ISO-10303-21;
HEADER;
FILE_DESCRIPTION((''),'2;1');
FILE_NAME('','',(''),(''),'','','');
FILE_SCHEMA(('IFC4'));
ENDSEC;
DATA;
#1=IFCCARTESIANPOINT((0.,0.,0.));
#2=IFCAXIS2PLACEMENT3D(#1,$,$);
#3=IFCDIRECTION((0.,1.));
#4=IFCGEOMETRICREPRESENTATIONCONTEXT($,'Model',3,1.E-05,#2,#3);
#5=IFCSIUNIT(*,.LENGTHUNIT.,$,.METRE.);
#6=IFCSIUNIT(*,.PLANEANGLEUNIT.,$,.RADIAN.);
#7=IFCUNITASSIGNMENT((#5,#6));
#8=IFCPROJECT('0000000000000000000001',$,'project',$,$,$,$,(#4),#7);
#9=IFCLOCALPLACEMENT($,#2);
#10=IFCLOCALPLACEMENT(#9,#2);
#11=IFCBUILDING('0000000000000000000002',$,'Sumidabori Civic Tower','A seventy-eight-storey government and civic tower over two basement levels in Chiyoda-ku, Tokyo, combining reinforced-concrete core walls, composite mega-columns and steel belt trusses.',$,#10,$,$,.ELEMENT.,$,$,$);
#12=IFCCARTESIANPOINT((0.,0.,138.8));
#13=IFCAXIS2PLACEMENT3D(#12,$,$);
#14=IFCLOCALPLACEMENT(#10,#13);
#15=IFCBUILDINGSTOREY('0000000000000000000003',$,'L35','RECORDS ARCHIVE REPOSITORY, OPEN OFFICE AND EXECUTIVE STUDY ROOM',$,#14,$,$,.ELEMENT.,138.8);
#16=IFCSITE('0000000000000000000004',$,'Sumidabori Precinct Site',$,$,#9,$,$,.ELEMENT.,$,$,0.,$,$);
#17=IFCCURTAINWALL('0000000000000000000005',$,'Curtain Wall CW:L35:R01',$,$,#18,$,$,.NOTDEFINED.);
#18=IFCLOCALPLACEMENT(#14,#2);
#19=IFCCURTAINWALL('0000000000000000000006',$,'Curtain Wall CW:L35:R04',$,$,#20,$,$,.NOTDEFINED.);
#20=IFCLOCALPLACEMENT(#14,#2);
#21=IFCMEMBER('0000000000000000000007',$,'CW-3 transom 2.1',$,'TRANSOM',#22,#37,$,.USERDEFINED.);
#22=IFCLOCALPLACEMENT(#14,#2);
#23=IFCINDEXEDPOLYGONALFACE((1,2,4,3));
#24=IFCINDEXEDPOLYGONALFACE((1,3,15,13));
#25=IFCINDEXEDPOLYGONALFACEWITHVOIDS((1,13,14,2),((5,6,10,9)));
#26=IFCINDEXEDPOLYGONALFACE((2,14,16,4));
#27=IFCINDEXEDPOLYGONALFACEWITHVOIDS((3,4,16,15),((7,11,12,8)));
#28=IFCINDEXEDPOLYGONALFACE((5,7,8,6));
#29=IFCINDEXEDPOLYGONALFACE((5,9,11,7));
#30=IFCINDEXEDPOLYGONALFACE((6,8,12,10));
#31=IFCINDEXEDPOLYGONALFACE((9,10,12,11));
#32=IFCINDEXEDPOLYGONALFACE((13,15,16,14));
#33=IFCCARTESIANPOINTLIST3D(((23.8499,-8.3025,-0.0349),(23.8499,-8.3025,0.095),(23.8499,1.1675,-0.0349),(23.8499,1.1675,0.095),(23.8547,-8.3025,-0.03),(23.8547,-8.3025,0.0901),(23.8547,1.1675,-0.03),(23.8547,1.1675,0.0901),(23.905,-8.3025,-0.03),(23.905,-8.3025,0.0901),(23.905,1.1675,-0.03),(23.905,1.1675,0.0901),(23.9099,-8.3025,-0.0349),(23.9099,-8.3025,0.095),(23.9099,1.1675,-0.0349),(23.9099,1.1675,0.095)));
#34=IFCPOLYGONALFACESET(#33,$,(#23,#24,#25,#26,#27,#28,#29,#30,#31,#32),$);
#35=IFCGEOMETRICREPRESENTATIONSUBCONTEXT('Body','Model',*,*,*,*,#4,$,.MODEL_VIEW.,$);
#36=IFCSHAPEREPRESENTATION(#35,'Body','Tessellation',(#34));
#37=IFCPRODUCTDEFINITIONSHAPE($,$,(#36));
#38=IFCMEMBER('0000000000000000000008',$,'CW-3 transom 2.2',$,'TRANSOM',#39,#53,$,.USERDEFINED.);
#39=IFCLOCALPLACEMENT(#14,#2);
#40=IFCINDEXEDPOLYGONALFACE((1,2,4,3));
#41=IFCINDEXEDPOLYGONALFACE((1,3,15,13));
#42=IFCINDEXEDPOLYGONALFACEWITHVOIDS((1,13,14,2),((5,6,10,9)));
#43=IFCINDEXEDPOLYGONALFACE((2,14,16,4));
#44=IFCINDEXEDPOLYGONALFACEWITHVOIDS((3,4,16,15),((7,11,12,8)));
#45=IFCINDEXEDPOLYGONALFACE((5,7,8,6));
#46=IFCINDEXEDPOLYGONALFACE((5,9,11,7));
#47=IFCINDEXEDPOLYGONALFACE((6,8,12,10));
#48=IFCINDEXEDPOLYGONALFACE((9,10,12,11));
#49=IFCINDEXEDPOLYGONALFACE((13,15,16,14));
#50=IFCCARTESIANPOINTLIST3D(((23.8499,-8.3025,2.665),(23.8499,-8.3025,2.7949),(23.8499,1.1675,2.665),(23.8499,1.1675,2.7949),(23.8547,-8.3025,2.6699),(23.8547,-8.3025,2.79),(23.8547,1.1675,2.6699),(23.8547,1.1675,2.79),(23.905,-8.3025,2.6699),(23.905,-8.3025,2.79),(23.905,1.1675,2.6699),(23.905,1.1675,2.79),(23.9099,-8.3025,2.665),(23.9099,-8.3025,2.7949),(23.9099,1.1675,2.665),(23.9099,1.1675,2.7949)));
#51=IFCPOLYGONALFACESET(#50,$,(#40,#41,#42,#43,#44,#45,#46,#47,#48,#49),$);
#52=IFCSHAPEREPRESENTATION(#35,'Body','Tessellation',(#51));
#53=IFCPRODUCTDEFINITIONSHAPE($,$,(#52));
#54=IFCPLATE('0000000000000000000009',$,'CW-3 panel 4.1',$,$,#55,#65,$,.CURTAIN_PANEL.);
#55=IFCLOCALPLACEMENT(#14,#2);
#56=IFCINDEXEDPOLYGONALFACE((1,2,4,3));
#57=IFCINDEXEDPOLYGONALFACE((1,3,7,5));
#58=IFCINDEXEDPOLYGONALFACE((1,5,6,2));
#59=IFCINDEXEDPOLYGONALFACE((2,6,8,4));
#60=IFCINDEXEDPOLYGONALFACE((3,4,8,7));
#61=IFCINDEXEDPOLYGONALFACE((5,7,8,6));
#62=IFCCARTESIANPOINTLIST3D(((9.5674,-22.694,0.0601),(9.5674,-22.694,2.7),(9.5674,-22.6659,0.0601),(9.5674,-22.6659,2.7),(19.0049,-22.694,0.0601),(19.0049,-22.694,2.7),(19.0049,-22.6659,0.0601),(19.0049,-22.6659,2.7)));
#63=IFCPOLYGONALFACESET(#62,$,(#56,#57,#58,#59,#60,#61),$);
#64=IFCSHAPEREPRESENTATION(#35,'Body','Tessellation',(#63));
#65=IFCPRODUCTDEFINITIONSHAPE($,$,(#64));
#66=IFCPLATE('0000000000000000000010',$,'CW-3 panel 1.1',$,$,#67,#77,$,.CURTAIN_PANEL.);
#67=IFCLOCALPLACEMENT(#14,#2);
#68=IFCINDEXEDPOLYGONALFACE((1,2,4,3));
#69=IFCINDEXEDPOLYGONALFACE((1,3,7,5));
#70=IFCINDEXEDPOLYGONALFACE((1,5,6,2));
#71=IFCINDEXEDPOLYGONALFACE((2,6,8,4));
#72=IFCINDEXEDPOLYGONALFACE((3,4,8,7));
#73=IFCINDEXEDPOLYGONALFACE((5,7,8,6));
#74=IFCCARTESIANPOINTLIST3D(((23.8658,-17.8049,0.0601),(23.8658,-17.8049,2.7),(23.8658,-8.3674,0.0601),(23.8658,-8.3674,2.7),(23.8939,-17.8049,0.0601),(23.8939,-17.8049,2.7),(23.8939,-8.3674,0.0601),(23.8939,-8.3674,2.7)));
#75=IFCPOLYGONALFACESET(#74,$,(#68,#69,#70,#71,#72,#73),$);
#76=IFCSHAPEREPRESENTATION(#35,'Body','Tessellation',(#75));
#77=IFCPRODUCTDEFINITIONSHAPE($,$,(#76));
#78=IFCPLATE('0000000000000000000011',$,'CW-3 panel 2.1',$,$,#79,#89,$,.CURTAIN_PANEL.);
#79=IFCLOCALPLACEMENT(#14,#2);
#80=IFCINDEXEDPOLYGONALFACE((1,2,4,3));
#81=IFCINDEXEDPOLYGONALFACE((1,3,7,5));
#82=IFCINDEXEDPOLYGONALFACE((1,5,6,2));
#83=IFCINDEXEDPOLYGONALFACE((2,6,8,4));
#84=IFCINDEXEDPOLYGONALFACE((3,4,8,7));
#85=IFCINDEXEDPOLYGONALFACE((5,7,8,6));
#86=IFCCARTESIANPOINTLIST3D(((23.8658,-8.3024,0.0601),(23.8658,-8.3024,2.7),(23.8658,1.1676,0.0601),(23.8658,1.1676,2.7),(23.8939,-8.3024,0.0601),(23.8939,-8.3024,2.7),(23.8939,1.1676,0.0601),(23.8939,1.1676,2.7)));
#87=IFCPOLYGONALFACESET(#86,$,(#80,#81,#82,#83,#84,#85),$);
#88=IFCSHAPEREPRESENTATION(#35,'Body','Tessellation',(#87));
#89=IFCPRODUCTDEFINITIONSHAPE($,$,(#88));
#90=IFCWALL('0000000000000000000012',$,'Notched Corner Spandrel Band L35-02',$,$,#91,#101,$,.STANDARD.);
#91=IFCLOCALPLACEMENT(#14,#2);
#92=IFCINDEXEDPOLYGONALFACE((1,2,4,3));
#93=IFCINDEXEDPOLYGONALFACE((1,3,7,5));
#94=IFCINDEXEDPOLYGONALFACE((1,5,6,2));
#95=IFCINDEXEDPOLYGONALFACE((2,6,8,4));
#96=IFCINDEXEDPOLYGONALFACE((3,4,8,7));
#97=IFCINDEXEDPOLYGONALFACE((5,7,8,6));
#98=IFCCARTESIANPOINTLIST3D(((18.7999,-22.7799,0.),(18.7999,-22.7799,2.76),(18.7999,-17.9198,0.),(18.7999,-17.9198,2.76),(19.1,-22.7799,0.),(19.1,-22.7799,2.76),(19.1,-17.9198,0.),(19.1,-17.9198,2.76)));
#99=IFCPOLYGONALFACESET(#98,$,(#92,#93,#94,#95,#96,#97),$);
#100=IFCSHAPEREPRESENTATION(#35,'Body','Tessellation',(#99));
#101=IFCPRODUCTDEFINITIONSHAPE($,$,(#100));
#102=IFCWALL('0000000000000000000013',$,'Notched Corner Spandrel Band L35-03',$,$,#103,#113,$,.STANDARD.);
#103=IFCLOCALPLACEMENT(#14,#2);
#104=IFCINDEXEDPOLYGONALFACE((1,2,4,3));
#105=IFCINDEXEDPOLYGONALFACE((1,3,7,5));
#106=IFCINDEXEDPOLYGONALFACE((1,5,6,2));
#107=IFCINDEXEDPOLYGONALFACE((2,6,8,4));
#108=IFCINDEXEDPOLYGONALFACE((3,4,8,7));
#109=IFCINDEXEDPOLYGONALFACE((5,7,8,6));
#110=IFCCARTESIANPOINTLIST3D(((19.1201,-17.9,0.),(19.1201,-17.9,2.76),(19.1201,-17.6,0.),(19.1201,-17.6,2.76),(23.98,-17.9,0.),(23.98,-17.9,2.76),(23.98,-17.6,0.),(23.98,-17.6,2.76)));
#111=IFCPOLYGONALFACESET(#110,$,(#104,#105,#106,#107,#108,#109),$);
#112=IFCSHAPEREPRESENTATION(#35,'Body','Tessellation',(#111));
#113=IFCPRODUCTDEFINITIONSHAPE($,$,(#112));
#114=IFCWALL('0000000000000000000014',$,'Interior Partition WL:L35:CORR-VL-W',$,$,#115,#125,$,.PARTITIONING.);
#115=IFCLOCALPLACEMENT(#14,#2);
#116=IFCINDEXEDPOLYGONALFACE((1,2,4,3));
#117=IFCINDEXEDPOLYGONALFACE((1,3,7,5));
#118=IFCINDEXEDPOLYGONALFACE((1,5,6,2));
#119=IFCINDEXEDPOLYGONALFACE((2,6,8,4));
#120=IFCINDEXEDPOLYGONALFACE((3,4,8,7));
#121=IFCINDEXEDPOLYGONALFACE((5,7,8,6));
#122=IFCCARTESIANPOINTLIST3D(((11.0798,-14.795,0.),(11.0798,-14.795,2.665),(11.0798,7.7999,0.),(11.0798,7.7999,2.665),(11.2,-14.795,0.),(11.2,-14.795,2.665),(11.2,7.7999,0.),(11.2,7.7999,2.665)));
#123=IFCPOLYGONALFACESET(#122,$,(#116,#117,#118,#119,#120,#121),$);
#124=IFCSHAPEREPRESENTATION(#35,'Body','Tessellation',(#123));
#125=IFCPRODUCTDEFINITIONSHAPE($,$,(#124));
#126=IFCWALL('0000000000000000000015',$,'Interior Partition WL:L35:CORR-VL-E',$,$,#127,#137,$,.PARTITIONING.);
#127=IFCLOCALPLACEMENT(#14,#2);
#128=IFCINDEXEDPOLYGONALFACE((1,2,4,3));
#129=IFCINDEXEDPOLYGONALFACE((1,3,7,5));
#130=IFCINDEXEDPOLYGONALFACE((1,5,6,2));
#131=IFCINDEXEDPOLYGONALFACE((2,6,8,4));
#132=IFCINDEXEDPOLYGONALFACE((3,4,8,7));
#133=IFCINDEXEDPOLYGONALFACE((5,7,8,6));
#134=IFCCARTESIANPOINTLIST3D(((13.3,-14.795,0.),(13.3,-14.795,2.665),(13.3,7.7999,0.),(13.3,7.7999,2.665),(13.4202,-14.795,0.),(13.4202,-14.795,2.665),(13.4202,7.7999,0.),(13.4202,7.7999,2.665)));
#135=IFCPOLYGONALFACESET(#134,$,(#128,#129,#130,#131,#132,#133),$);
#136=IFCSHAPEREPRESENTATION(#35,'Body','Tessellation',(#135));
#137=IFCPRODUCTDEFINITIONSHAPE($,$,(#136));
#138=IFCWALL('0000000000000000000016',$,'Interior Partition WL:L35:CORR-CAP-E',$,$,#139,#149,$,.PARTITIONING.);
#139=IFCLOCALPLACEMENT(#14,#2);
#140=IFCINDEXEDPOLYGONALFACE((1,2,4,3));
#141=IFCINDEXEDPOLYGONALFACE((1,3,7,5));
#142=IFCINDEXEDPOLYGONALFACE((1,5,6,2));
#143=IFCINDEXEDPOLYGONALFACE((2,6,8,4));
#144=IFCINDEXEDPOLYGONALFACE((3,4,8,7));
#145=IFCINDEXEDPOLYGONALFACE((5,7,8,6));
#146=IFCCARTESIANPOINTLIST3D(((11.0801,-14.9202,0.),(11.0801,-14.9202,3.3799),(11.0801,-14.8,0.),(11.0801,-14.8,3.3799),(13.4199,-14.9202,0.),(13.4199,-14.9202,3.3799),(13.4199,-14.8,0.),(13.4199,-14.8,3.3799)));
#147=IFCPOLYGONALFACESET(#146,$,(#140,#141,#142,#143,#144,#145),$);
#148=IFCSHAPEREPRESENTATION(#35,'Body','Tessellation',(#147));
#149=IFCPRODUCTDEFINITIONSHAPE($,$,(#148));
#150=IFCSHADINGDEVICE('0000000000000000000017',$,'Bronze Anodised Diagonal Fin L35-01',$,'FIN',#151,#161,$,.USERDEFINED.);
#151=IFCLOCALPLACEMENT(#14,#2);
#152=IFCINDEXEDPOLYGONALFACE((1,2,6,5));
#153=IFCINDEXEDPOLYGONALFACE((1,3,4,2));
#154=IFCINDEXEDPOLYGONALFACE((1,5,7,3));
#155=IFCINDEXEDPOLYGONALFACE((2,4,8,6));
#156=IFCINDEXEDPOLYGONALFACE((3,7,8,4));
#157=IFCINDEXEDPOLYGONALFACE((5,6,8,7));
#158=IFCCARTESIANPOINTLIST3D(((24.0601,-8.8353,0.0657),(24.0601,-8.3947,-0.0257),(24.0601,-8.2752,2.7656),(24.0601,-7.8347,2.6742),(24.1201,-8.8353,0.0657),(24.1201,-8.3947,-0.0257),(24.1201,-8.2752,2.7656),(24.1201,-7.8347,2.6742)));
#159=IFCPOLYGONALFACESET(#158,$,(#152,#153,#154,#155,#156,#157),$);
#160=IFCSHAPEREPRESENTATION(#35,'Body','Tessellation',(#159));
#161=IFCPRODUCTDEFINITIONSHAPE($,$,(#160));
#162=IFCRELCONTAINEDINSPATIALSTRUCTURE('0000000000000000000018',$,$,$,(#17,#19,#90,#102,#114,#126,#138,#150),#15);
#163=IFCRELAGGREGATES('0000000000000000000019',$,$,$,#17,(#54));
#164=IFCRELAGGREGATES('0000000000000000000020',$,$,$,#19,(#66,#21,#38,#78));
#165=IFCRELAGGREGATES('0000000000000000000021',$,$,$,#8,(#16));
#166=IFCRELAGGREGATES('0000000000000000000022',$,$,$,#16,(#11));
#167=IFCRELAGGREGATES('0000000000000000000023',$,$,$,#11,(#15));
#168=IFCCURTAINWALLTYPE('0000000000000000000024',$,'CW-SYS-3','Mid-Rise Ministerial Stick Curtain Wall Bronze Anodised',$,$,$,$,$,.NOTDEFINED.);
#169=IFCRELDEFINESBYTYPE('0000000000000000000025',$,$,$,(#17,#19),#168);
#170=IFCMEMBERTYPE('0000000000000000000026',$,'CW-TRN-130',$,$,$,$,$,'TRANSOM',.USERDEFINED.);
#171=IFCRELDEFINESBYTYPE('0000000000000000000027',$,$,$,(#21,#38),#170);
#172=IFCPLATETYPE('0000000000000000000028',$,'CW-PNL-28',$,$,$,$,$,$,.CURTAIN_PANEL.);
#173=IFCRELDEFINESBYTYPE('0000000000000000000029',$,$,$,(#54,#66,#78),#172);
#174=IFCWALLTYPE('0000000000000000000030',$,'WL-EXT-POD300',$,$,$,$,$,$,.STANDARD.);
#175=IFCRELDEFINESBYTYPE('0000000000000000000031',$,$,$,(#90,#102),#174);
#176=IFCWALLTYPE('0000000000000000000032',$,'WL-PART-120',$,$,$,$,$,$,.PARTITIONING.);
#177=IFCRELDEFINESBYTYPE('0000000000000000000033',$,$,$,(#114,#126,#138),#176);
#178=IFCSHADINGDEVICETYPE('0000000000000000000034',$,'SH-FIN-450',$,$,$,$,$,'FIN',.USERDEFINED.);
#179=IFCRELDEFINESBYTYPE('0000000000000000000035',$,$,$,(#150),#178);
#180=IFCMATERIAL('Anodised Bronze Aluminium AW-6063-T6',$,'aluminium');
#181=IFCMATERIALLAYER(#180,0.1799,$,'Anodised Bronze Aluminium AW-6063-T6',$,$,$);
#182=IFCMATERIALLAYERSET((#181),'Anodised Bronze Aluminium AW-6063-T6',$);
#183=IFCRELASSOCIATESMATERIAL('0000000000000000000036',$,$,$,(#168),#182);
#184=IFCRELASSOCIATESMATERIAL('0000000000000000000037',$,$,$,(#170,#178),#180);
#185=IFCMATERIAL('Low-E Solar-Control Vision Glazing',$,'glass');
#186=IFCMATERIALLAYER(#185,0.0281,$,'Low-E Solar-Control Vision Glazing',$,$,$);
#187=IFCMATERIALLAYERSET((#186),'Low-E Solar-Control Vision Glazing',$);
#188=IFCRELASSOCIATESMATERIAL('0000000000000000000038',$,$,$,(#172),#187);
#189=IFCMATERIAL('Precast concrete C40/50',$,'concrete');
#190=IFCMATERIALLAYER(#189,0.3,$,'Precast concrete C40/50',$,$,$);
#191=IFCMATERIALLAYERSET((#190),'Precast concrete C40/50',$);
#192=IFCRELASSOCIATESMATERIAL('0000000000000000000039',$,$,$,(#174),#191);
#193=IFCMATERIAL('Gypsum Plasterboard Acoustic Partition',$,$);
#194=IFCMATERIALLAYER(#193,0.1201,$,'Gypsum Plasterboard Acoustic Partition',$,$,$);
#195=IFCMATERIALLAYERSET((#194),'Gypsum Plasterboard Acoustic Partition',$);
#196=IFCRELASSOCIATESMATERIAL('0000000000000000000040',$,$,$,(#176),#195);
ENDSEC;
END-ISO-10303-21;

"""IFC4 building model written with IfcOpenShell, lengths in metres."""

from ifc_helpers import new_model, si_unit, direction, frame, frame_2d, origin, origin_2d, place, context, subcontext, project, spatial, rectangle, hollow_rectangle, extrude, source, transform, mapped, material, layer, layer_set, material_profile, profile_set, type_object, element, aggregate, save


model = new_model("IFC4")

# Units and contexts
model_context = context("Model", 3, precision=1e-05, world=origin(), true_north=direction((0.0, 1.0)))
body_context = subcontext(model_context, "Body", "Model", "MODEL_VIEW")
ifc_project = project(units=[si_unit("LENGTHUNIT", "METRE"), si_unit("PLANEANGLEUNIT", "RADIAN")], contexts=[model_context])

# Site, building, storey
site_placement = place(None, origin())
site = spatial("IfcSite", under=ifc_project, at=site_placement, Name="Sumidabori Precinct Site", CompositionType="ELEMENT", RefElevation=0.0)
building_placement = place(site_placement, origin())
building = spatial("IfcBuilding", under=site, at=building_placement, Name="Sumidabori Civic Tower", Description="A seventy-eight-storey government and civic tower over two basement levels in Chiyoda-ku, Tokyo, combining reinforced-concrete core walls, composite mega-columns and steel belt trusses.", CompositionType="ELEMENT")
storey_placement = place(building_placement, frame((0.0, 0.0, 138.8)))
storey = spatial("IfcBuildingStorey", under=building, at=storey_placement, Name="L35", Description="RECORDS ARCHIVE REPOSITORY, OPEN OFFICE AND EXECUTIVE STUDY ROOM", CompositionType="ELEMENT", Elevation=138.8)

# Curtain walls
ifc_material_1 = material(Name="Anodised Bronze Aluminium AW-6063-T6", Category="aluminium")
ifc_layer_1 = layer(ifc_material_1, 0.1799, Name="Anodised Bronze Aluminium AW-6063-T6")
ifc_layer_set_1 = layer_set([ifc_layer_1], Name="Anodised Bronze Aluminium AW-6063-T6")
curtain_wall_type = type_object("IfcCurtainWallType", Name="CW-SYS-3", Description="Mid-Rise Ministerial Stick Curtain Wall Bronze Anodised", PredefinedType="NOTDEFINED", material=ifc_layer_set_1)
curtain_wall_1_placement = place(storey_placement, origin())
curtain_wall_1 = element("IfcCurtainWall", 1, at=curtain_wall_1_placement, inside=storey, type_object=curtain_wall_type, Name="Curtain Wall CW:L35:R01", PredefinedType="NOTDEFINED")
curtain_wall_2_placement = place(storey_placement, origin())
curtain_wall_2 = element("IfcCurtainWall", 2, at=curtain_wall_2_placement, inside=storey, type_object=curtain_wall_type, Name="Curtain Wall CW:L35:R04", PredefinedType="NOTDEFINED")

# Members
ifc_material_profile_1 = material_profile(ifc_material_1, hollow_rectangle(XDim=0.0601, YDim=0.1299, WallThickness=0.0049, at=origin_2d()), Name="ALU TRANSOM 130x60")
ifc_profile_set_1 = profile_set([ifc_material_profile_1], Name="Anodised Bronze Aluminium AW-6063-T6")
member_type_1 = type_object("IfcMemberType", Name="CW-TRN-130", ElementType="TRANSOM", PredefinedType="USERDEFINED", material=ifc_profile_set_1)
shared_shape_1 = source(origin(), body_context, "Body", "SweptSolid", [
    extrude(hollow_rectangle(XDim=0.0601, YDim=0.1299, WallThickness=0.0049, at=origin_2d()), origin(), (0.0, 0.0, 1.0), 9.47),
])
member_1_placement = place(storey_placement, frame((23.8799, -8.3025, 0.03), z_axis=(0.0, 1.0, 0.0), x_axis=(-1.0, 0.0, 0.0)))
member_1 = element("IfcMember", 3, at=member_1_placement, type_object=member_type_1, Name="CW-3 transom 2.1", ObjectType="TRANSOM", PredefinedType="USERDEFINED", context=body_context, shape_type="MappedRepresentation", body=[
    mapped(shared_shape_1, transform((0.0, 0.0, 0.0), x_axis=(1.0, 0.0, 0.0), y_axis=(0.0, 1.0, 0.0), z_axis=(0.0, 0.0, 1.0), scale=1.0)),
])
member_2_placement = place(storey_placement, frame((23.8799, -8.3025, 2.73), z_axis=(0.0, 1.0, 0.0), x_axis=(-1.0, 0.0, 0.0)))
member_2 = element("IfcMember", 4, at=member_2_placement, type_object=member_type_1, Name="CW-3 transom 2.2", ObjectType="TRANSOM", PredefinedType="USERDEFINED", context=body_context, shape_type="MappedRepresentation", body=[
    mapped(shared_shape_1, transform((0.0, 0.0, 0.0), x_axis=(1.0, 0.0, 0.0), y_axis=(0.0, 1.0, 0.0), z_axis=(0.0, 0.0, 1.0), scale=1.0)),
])

# Plates
ifc_material_2 = material(Name="Low-E Solar-Control Vision Glazing", Category="glass")
ifc_layer_2 = layer(ifc_material_2, 0.0281, Name="Low-E Solar-Control Vision Glazing")
ifc_layer_set_2 = layer_set([ifc_layer_2], Name="Low-E Solar-Control Vision Glazing")
plate_type = type_object("IfcPlateType", Name="CW-PNL-28", PredefinedType="CURTAIN_PANEL", material=ifc_layer_set_2)
shared_shape_2 = source(origin(), body_context, "Body", "SweptSolid", [
    extrude(rectangle(XDim=9.4375, YDim=0.0281, at=origin_2d()), origin(), (0.0, 0.0, 1.0), 2.6399),
])
plate_1_placement = place(storey_placement, frame((14.2861, -22.6799, 0.0601), z_axis=(0.0, 0.0, 1.0), x_axis=(1.0, 0.0, 0.0)))
plate_1 = element("IfcPlate", 5, at=plate_1_placement, type_object=plate_type, Name="CW-3 panel 4.1", PredefinedType="CURTAIN_PANEL", context=body_context, shape_type="MappedRepresentation", body=[
    mapped(shared_shape_2, transform((0.0, 0.0, 0.0), x_axis=(1.0, 0.0, 0.0), y_axis=(0.0, 1.0, 0.0), z_axis=(0.0, 0.0, 1.0), scale=1.0)),
])
aggregate(curtain_wall_1, [plate_1])
plate_2_placement = place(storey_placement, frame((23.8799, -13.0862, 0.0601), z_axis=(0.0, 0.0, 1.0), x_axis=(0.0, 1.0, 0.0)))
plate_2 = element("IfcPlate", 6, at=plate_2_placement, type_object=plate_type, Name="CW-3 panel 1.1", PredefinedType="CURTAIN_PANEL", context=body_context, shape_type="MappedRepresentation", body=[
    mapped(shared_shape_2, transform((0.0, 0.0, 0.0), x_axis=(1.0, 0.0, 0.0), y_axis=(0.0, 1.0, 0.0), z_axis=(0.0, 0.0, 1.0), scale=1.0)),
])
shared_shape_3 = source(origin(), body_context, "Body", "SweptSolid", [
    extrude(rectangle(XDim=9.47, YDim=0.0281, at=origin_2d()), origin(), (0.0, 0.0, 1.0), 2.6399),
])
plate_3_placement = place(storey_placement, frame((23.8799, -3.5674, 0.0601), z_axis=(0.0, 0.0, 1.0), x_axis=(0.0, 1.0, 0.0)))
plate_3 = element("IfcPlate", 7, at=plate_3_placement, type_object=plate_type, Name="CW-3 panel 2.1", PredefinedType="CURTAIN_PANEL", context=body_context, shape_type="MappedRepresentation", body=[
    mapped(shared_shape_3, transform((0.0, 0.0, 0.0), x_axis=(1.0, 0.0, 0.0), y_axis=(0.0, 1.0, 0.0), z_axis=(0.0, 0.0, 1.0), scale=1.0)),
])
aggregate(curtain_wall_2, [plate_2, member_1, member_2, plate_3])

# Walls
ifc_material_3 = material(Name="Precast concrete C40/50", Category="concrete")
ifc_layer_3 = layer(ifc_material_3, 0.3, Name="Precast concrete C40/50")
ifc_layer_set_3 = layer_set([ifc_layer_3], Name="Precast concrete C40/50")
wall_type_1 = type_object("IfcWallType", Name="WL-EXT-POD300", PredefinedType="STANDARD", material=ifc_layer_set_3)
shared_shape_4 = source(origin(), body_context, "Body", "SweptSolid", [
    extrude(rectangle(XDim=4.8601, YDim=0.3, at=frame_2d((2.4302, 0.0))), origin(), (0.0, 0.0, 1.0), 2.76),
])
wall_1_placement = place(storey_placement, frame((18.95, -22.78, 0.0), z_axis=(0.0, 0.0, 1.0), x_axis=(0.0, 1.0, 0.0)))
element("IfcWall", 8, at=wall_1_placement, inside=storey, type_object=wall_type_1, Name="Notched Corner Spandrel Band L35-02", PredefinedType="STANDARD", context=body_context, shape_type="MappedRepresentation", body=[
    mapped(shared_shape_4, transform((0.0, 0.0, 0.0), x_axis=(1.0, 0.0, 0.0), y_axis=(0.0, 1.0, 0.0), z_axis=(0.0, 0.0, 1.0), scale=1.0)),
])
shared_shape_5 = source(origin(), body_context, "Body", "SweptSolid", [
    extrude(rectangle(XDim=4.8599, YDim=0.3, at=frame_2d((2.4299, 0.0))), origin(), (0.0, 0.0, 1.0), 2.76),
])
wall_2_placement = place(storey_placement, frame((19.1201, -17.75, 0.0), z_axis=(0.0, 0.0, 1.0), x_axis=(1.0, 0.0, 0.0)))
element("IfcWall", 9, at=wall_2_placement, inside=storey, type_object=wall_type_1, Name="Notched Corner Spandrel Band L35-03", PredefinedType="STANDARD", context=body_context, shape_type="MappedRepresentation", body=[
    mapped(shared_shape_5, transform((0.0, 0.0, 0.0), x_axis=(1.0, 0.0, 0.0), y_axis=(0.0, 1.0, 0.0), z_axis=(0.0, 0.0, 1.0), scale=1.0)),
])
ifc_material_4 = material(Name="Gypsum Plasterboard Acoustic Partition")
ifc_layer_4 = layer(ifc_material_4, 0.1201, Name="Gypsum Plasterboard Acoustic Partition")
ifc_layer_set_4 = layer_set([ifc_layer_4], Name="Gypsum Plasterboard Acoustic Partition")
wall_type_2 = type_object("IfcWallType", Name="WL-PART-120", PredefinedType="PARTITIONING", material=ifc_layer_set_4)
shared_shape_6 = source(origin(), body_context, "Body", "SweptSolid", [
    extrude(rectangle(XDim=22.595, YDim=0.1201, at=frame_2d((11.2974, 0.0))), origin(), (0.0, 0.0, 1.0), 2.665),
])
for number, where, z_axis, x_axis, name in (
    (10, (11.1399, -14.7949, 0.0), (0.0, 0.0, 1.0), (0.0, 1.0, 0.0), "Interior Partition WL:L35:CORR-VL-W"),
    (11, (13.3601, -14.7949, 0.0), (0.0, 0.0, 1.0), (0.0, 1.0, 0.0), "Interior Partition WL:L35:CORR-VL-E"),
):
    element("IfcWall", number, at=place(storey_placement, frame(where, z_axis=z_axis, x_axis=x_axis)), inside=storey, type_object=wall_type_2, Name=name, PredefinedType="PARTITIONING", context=body_context, shape_type="MappedRepresentation", body=[
        mapped(shared_shape_6, transform((0.0, 0.0, 0.0), x_axis=(1.0, 0.0, 0.0), y_axis=(0.0, 1.0, 0.0), z_axis=(0.0, 0.0, 1.0), scale=1.0)),
    ])
shared_shape_7 = source(origin(), body_context, "Body", "SweptSolid", [
    extrude(rectangle(XDim=2.3398, YDim=0.1201, at=frame_2d((1.1699, 0.0))), origin(), (0.0, 0.0, 1.0), 3.3799),
])
wall_3_placement = place(storey_placement, frame((11.0801, -14.8601, 0.0), z_axis=(0.0, 0.0, 1.0), x_axis=(1.0, 0.0, 0.0)))
element("IfcWall", 12, at=wall_3_placement, inside=storey, type_object=wall_type_2, Name="Interior Partition WL:L35:CORR-CAP-E", PredefinedType="PARTITIONING", context=body_context, shape_type="MappedRepresentation", body=[
    mapped(shared_shape_7, transform((0.0, 0.0, 0.0), x_axis=(1.0, 0.0, 0.0), y_axis=(0.0, 1.0, 0.0), z_axis=(0.0, 0.0, 1.0), scale=1.0)),
])

# Shading device
ifc_material_profile_2 = material_profile(ifc_material_1, rectangle(XDim=0.0601, YDim=0.45, at=origin_2d()), Name="BRONZE FIN 450x60")
ifc_profile_set_2 = profile_set([ifc_material_profile_2], Name="Anodised Bronze Aluminium AW-6063-T6")
shading_device_type = type_object("IfcShadingDeviceType", Name="SH-FIN-450", ElementType="FIN", PredefinedType="USERDEFINED", material=ifc_profile_set_2)
shared_shape_8 = source(origin(), body_context, "Body", "SweptSolid", [
    extrude(rectangle(XDim=0.0601, YDim=0.45, at=origin_2d()), origin(), (0.0, 0.0, 1.0), 2.7573),
])
shading_device_placement = place(storey_placement, frame((24.0901, -8.615, 0.02), z_axis=(0.0, 0.203109, 0.979156), x_axis=(-1.0, 0.0, 0.0)))
element("IfcShadingDevice", 13, at=shading_device_placement, inside=storey, type_object=shading_device_type, Name="Bronze Anodised Diagonal Fin L35-01", ObjectType="FIN", PredefinedType="USERDEFINED", context=body_context, shape_type="MappedRepresentation", body=[
    mapped(shared_shape_8, transform((0.0, 0.0, 0.0), x_axis=(1.0, 0.0, 0.0), y_axis=(0.0, 1.0, 0.0), z_axis=(0.0, 0.0, 1.0), scale=1.0)),
])

save(model, "model.ifc")
